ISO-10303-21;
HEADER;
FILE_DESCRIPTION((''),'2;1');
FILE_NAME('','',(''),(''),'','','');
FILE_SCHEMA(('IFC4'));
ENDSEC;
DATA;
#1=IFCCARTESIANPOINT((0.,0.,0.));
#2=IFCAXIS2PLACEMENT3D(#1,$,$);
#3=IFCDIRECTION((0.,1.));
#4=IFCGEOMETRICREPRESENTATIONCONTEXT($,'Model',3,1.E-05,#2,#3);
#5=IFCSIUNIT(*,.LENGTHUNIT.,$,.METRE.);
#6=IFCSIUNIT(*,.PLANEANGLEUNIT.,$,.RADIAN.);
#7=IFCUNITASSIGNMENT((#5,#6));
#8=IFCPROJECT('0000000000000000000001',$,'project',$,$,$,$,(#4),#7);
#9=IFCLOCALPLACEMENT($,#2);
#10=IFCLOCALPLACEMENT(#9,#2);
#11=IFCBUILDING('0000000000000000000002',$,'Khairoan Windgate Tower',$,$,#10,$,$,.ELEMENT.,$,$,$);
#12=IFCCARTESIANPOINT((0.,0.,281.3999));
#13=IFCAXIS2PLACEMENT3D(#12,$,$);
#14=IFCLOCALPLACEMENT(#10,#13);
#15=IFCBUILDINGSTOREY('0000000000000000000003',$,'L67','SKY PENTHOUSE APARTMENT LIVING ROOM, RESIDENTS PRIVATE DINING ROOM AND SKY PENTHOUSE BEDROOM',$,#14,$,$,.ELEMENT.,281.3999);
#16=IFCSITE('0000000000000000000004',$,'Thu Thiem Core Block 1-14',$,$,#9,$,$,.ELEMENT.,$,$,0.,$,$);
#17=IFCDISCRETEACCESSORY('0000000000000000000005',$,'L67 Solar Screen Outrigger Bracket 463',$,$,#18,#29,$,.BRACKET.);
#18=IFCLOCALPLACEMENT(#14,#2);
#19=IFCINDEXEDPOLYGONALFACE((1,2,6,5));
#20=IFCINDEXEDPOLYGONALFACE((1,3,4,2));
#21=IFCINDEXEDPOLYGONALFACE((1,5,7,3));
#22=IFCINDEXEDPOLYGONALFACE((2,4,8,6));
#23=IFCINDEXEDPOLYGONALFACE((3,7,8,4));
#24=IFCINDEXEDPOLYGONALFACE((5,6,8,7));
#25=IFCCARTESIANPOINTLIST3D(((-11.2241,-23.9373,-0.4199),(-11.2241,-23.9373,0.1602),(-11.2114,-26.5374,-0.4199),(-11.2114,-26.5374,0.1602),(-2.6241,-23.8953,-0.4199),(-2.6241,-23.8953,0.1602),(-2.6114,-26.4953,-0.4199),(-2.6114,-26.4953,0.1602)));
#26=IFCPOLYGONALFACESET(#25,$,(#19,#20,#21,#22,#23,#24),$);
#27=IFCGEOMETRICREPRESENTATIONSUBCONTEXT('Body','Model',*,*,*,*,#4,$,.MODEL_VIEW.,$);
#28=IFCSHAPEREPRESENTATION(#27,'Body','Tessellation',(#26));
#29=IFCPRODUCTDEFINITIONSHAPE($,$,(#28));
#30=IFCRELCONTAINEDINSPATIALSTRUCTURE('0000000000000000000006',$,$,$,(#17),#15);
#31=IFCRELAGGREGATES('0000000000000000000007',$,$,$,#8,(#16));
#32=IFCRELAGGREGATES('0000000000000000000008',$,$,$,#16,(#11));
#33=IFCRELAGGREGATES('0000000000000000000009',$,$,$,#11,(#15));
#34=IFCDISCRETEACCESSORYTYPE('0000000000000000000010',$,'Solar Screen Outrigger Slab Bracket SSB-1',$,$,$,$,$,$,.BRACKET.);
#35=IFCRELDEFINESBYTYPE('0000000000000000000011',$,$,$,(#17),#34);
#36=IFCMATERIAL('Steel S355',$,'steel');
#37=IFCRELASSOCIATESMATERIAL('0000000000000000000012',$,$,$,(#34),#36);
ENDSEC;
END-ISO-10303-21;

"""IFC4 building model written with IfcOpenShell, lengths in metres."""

from ifc_helpers import new_model, si_unit, direction, frame, origin, origin_2d, place, context, subcontext, project, spatial, rectangle, extrude, material, type_object, element, save


model = new_model("IFC4")

# Units and contexts
model_context = context("Model", 3, precision=1e-05, world=origin(), true_north=direction((0.0, 1.0)))
body_context = subcontext(model_context, "Body", "Model", "MODEL_VIEW")
ifc_project = project(units=[si_unit("LENGTHUNIT", "METRE"), si_unit("PLANEANGLEUNIT", "RADIAN")], contexts=[model_context])

# Site, building, storey
site_placement = place(None, origin())
site = spatial("IfcSite", under=ifc_project, at=site_placement, Name="Thu Thiem Core Block 1-14", CompositionType="ELEMENT", RefElevation=0.0)
building_placement = place(site_placement, origin())
building = spatial("IfcBuilding", under=site, at=building_placement, Name="Khairoan Windgate Tower", CompositionType="ELEMENT")
storey_placement = place(building_placement, frame((0.0, 0.0, 281.3999)))
storey = spatial("IfcBuildingStorey", under=building, at=storey_placement, Name="L67", Description="SKY PENTHOUSE APARTMENT LIVING ROOM, RESIDENTS PRIVATE DINING ROOM AND SKY PENTHOUSE BEDROOM", CompositionType="ELEMENT", Elevation=281.3999)

# Discrete accessory
ifc_material_1 = material(Name="Steel S355", Category="steel")
discrete_accessory_type = type_object("IfcDiscreteAccessoryType", Name="Solar Screen Outrigger Slab Bracket SSB-1", PredefinedType="BRACKET", material=ifc_material_1)
discrete_accessory_placement = place(storey_placement, frame((-6.9177, -25.2163, -0.4199), z_axis=(0.0, 0.0, 1.0), x_axis=(-0.999988, -0.004887, 0.0)))
element("IfcDiscreteAccessory", 1, at=discrete_accessory_placement, inside=storey, type_object=discrete_accessory_type, Name="L67 Solar Screen Outrigger Bracket 463", PredefinedType="BRACKET", context=body_context, shape_type="SweptSolid", body=[
    extrude(rectangle(XDim=8.6001, YDim=2.6001, at=origin_2d()), origin(), (0.0, 0.0, 1.0), 0.5801),
])

save(model, "model.ifc")
